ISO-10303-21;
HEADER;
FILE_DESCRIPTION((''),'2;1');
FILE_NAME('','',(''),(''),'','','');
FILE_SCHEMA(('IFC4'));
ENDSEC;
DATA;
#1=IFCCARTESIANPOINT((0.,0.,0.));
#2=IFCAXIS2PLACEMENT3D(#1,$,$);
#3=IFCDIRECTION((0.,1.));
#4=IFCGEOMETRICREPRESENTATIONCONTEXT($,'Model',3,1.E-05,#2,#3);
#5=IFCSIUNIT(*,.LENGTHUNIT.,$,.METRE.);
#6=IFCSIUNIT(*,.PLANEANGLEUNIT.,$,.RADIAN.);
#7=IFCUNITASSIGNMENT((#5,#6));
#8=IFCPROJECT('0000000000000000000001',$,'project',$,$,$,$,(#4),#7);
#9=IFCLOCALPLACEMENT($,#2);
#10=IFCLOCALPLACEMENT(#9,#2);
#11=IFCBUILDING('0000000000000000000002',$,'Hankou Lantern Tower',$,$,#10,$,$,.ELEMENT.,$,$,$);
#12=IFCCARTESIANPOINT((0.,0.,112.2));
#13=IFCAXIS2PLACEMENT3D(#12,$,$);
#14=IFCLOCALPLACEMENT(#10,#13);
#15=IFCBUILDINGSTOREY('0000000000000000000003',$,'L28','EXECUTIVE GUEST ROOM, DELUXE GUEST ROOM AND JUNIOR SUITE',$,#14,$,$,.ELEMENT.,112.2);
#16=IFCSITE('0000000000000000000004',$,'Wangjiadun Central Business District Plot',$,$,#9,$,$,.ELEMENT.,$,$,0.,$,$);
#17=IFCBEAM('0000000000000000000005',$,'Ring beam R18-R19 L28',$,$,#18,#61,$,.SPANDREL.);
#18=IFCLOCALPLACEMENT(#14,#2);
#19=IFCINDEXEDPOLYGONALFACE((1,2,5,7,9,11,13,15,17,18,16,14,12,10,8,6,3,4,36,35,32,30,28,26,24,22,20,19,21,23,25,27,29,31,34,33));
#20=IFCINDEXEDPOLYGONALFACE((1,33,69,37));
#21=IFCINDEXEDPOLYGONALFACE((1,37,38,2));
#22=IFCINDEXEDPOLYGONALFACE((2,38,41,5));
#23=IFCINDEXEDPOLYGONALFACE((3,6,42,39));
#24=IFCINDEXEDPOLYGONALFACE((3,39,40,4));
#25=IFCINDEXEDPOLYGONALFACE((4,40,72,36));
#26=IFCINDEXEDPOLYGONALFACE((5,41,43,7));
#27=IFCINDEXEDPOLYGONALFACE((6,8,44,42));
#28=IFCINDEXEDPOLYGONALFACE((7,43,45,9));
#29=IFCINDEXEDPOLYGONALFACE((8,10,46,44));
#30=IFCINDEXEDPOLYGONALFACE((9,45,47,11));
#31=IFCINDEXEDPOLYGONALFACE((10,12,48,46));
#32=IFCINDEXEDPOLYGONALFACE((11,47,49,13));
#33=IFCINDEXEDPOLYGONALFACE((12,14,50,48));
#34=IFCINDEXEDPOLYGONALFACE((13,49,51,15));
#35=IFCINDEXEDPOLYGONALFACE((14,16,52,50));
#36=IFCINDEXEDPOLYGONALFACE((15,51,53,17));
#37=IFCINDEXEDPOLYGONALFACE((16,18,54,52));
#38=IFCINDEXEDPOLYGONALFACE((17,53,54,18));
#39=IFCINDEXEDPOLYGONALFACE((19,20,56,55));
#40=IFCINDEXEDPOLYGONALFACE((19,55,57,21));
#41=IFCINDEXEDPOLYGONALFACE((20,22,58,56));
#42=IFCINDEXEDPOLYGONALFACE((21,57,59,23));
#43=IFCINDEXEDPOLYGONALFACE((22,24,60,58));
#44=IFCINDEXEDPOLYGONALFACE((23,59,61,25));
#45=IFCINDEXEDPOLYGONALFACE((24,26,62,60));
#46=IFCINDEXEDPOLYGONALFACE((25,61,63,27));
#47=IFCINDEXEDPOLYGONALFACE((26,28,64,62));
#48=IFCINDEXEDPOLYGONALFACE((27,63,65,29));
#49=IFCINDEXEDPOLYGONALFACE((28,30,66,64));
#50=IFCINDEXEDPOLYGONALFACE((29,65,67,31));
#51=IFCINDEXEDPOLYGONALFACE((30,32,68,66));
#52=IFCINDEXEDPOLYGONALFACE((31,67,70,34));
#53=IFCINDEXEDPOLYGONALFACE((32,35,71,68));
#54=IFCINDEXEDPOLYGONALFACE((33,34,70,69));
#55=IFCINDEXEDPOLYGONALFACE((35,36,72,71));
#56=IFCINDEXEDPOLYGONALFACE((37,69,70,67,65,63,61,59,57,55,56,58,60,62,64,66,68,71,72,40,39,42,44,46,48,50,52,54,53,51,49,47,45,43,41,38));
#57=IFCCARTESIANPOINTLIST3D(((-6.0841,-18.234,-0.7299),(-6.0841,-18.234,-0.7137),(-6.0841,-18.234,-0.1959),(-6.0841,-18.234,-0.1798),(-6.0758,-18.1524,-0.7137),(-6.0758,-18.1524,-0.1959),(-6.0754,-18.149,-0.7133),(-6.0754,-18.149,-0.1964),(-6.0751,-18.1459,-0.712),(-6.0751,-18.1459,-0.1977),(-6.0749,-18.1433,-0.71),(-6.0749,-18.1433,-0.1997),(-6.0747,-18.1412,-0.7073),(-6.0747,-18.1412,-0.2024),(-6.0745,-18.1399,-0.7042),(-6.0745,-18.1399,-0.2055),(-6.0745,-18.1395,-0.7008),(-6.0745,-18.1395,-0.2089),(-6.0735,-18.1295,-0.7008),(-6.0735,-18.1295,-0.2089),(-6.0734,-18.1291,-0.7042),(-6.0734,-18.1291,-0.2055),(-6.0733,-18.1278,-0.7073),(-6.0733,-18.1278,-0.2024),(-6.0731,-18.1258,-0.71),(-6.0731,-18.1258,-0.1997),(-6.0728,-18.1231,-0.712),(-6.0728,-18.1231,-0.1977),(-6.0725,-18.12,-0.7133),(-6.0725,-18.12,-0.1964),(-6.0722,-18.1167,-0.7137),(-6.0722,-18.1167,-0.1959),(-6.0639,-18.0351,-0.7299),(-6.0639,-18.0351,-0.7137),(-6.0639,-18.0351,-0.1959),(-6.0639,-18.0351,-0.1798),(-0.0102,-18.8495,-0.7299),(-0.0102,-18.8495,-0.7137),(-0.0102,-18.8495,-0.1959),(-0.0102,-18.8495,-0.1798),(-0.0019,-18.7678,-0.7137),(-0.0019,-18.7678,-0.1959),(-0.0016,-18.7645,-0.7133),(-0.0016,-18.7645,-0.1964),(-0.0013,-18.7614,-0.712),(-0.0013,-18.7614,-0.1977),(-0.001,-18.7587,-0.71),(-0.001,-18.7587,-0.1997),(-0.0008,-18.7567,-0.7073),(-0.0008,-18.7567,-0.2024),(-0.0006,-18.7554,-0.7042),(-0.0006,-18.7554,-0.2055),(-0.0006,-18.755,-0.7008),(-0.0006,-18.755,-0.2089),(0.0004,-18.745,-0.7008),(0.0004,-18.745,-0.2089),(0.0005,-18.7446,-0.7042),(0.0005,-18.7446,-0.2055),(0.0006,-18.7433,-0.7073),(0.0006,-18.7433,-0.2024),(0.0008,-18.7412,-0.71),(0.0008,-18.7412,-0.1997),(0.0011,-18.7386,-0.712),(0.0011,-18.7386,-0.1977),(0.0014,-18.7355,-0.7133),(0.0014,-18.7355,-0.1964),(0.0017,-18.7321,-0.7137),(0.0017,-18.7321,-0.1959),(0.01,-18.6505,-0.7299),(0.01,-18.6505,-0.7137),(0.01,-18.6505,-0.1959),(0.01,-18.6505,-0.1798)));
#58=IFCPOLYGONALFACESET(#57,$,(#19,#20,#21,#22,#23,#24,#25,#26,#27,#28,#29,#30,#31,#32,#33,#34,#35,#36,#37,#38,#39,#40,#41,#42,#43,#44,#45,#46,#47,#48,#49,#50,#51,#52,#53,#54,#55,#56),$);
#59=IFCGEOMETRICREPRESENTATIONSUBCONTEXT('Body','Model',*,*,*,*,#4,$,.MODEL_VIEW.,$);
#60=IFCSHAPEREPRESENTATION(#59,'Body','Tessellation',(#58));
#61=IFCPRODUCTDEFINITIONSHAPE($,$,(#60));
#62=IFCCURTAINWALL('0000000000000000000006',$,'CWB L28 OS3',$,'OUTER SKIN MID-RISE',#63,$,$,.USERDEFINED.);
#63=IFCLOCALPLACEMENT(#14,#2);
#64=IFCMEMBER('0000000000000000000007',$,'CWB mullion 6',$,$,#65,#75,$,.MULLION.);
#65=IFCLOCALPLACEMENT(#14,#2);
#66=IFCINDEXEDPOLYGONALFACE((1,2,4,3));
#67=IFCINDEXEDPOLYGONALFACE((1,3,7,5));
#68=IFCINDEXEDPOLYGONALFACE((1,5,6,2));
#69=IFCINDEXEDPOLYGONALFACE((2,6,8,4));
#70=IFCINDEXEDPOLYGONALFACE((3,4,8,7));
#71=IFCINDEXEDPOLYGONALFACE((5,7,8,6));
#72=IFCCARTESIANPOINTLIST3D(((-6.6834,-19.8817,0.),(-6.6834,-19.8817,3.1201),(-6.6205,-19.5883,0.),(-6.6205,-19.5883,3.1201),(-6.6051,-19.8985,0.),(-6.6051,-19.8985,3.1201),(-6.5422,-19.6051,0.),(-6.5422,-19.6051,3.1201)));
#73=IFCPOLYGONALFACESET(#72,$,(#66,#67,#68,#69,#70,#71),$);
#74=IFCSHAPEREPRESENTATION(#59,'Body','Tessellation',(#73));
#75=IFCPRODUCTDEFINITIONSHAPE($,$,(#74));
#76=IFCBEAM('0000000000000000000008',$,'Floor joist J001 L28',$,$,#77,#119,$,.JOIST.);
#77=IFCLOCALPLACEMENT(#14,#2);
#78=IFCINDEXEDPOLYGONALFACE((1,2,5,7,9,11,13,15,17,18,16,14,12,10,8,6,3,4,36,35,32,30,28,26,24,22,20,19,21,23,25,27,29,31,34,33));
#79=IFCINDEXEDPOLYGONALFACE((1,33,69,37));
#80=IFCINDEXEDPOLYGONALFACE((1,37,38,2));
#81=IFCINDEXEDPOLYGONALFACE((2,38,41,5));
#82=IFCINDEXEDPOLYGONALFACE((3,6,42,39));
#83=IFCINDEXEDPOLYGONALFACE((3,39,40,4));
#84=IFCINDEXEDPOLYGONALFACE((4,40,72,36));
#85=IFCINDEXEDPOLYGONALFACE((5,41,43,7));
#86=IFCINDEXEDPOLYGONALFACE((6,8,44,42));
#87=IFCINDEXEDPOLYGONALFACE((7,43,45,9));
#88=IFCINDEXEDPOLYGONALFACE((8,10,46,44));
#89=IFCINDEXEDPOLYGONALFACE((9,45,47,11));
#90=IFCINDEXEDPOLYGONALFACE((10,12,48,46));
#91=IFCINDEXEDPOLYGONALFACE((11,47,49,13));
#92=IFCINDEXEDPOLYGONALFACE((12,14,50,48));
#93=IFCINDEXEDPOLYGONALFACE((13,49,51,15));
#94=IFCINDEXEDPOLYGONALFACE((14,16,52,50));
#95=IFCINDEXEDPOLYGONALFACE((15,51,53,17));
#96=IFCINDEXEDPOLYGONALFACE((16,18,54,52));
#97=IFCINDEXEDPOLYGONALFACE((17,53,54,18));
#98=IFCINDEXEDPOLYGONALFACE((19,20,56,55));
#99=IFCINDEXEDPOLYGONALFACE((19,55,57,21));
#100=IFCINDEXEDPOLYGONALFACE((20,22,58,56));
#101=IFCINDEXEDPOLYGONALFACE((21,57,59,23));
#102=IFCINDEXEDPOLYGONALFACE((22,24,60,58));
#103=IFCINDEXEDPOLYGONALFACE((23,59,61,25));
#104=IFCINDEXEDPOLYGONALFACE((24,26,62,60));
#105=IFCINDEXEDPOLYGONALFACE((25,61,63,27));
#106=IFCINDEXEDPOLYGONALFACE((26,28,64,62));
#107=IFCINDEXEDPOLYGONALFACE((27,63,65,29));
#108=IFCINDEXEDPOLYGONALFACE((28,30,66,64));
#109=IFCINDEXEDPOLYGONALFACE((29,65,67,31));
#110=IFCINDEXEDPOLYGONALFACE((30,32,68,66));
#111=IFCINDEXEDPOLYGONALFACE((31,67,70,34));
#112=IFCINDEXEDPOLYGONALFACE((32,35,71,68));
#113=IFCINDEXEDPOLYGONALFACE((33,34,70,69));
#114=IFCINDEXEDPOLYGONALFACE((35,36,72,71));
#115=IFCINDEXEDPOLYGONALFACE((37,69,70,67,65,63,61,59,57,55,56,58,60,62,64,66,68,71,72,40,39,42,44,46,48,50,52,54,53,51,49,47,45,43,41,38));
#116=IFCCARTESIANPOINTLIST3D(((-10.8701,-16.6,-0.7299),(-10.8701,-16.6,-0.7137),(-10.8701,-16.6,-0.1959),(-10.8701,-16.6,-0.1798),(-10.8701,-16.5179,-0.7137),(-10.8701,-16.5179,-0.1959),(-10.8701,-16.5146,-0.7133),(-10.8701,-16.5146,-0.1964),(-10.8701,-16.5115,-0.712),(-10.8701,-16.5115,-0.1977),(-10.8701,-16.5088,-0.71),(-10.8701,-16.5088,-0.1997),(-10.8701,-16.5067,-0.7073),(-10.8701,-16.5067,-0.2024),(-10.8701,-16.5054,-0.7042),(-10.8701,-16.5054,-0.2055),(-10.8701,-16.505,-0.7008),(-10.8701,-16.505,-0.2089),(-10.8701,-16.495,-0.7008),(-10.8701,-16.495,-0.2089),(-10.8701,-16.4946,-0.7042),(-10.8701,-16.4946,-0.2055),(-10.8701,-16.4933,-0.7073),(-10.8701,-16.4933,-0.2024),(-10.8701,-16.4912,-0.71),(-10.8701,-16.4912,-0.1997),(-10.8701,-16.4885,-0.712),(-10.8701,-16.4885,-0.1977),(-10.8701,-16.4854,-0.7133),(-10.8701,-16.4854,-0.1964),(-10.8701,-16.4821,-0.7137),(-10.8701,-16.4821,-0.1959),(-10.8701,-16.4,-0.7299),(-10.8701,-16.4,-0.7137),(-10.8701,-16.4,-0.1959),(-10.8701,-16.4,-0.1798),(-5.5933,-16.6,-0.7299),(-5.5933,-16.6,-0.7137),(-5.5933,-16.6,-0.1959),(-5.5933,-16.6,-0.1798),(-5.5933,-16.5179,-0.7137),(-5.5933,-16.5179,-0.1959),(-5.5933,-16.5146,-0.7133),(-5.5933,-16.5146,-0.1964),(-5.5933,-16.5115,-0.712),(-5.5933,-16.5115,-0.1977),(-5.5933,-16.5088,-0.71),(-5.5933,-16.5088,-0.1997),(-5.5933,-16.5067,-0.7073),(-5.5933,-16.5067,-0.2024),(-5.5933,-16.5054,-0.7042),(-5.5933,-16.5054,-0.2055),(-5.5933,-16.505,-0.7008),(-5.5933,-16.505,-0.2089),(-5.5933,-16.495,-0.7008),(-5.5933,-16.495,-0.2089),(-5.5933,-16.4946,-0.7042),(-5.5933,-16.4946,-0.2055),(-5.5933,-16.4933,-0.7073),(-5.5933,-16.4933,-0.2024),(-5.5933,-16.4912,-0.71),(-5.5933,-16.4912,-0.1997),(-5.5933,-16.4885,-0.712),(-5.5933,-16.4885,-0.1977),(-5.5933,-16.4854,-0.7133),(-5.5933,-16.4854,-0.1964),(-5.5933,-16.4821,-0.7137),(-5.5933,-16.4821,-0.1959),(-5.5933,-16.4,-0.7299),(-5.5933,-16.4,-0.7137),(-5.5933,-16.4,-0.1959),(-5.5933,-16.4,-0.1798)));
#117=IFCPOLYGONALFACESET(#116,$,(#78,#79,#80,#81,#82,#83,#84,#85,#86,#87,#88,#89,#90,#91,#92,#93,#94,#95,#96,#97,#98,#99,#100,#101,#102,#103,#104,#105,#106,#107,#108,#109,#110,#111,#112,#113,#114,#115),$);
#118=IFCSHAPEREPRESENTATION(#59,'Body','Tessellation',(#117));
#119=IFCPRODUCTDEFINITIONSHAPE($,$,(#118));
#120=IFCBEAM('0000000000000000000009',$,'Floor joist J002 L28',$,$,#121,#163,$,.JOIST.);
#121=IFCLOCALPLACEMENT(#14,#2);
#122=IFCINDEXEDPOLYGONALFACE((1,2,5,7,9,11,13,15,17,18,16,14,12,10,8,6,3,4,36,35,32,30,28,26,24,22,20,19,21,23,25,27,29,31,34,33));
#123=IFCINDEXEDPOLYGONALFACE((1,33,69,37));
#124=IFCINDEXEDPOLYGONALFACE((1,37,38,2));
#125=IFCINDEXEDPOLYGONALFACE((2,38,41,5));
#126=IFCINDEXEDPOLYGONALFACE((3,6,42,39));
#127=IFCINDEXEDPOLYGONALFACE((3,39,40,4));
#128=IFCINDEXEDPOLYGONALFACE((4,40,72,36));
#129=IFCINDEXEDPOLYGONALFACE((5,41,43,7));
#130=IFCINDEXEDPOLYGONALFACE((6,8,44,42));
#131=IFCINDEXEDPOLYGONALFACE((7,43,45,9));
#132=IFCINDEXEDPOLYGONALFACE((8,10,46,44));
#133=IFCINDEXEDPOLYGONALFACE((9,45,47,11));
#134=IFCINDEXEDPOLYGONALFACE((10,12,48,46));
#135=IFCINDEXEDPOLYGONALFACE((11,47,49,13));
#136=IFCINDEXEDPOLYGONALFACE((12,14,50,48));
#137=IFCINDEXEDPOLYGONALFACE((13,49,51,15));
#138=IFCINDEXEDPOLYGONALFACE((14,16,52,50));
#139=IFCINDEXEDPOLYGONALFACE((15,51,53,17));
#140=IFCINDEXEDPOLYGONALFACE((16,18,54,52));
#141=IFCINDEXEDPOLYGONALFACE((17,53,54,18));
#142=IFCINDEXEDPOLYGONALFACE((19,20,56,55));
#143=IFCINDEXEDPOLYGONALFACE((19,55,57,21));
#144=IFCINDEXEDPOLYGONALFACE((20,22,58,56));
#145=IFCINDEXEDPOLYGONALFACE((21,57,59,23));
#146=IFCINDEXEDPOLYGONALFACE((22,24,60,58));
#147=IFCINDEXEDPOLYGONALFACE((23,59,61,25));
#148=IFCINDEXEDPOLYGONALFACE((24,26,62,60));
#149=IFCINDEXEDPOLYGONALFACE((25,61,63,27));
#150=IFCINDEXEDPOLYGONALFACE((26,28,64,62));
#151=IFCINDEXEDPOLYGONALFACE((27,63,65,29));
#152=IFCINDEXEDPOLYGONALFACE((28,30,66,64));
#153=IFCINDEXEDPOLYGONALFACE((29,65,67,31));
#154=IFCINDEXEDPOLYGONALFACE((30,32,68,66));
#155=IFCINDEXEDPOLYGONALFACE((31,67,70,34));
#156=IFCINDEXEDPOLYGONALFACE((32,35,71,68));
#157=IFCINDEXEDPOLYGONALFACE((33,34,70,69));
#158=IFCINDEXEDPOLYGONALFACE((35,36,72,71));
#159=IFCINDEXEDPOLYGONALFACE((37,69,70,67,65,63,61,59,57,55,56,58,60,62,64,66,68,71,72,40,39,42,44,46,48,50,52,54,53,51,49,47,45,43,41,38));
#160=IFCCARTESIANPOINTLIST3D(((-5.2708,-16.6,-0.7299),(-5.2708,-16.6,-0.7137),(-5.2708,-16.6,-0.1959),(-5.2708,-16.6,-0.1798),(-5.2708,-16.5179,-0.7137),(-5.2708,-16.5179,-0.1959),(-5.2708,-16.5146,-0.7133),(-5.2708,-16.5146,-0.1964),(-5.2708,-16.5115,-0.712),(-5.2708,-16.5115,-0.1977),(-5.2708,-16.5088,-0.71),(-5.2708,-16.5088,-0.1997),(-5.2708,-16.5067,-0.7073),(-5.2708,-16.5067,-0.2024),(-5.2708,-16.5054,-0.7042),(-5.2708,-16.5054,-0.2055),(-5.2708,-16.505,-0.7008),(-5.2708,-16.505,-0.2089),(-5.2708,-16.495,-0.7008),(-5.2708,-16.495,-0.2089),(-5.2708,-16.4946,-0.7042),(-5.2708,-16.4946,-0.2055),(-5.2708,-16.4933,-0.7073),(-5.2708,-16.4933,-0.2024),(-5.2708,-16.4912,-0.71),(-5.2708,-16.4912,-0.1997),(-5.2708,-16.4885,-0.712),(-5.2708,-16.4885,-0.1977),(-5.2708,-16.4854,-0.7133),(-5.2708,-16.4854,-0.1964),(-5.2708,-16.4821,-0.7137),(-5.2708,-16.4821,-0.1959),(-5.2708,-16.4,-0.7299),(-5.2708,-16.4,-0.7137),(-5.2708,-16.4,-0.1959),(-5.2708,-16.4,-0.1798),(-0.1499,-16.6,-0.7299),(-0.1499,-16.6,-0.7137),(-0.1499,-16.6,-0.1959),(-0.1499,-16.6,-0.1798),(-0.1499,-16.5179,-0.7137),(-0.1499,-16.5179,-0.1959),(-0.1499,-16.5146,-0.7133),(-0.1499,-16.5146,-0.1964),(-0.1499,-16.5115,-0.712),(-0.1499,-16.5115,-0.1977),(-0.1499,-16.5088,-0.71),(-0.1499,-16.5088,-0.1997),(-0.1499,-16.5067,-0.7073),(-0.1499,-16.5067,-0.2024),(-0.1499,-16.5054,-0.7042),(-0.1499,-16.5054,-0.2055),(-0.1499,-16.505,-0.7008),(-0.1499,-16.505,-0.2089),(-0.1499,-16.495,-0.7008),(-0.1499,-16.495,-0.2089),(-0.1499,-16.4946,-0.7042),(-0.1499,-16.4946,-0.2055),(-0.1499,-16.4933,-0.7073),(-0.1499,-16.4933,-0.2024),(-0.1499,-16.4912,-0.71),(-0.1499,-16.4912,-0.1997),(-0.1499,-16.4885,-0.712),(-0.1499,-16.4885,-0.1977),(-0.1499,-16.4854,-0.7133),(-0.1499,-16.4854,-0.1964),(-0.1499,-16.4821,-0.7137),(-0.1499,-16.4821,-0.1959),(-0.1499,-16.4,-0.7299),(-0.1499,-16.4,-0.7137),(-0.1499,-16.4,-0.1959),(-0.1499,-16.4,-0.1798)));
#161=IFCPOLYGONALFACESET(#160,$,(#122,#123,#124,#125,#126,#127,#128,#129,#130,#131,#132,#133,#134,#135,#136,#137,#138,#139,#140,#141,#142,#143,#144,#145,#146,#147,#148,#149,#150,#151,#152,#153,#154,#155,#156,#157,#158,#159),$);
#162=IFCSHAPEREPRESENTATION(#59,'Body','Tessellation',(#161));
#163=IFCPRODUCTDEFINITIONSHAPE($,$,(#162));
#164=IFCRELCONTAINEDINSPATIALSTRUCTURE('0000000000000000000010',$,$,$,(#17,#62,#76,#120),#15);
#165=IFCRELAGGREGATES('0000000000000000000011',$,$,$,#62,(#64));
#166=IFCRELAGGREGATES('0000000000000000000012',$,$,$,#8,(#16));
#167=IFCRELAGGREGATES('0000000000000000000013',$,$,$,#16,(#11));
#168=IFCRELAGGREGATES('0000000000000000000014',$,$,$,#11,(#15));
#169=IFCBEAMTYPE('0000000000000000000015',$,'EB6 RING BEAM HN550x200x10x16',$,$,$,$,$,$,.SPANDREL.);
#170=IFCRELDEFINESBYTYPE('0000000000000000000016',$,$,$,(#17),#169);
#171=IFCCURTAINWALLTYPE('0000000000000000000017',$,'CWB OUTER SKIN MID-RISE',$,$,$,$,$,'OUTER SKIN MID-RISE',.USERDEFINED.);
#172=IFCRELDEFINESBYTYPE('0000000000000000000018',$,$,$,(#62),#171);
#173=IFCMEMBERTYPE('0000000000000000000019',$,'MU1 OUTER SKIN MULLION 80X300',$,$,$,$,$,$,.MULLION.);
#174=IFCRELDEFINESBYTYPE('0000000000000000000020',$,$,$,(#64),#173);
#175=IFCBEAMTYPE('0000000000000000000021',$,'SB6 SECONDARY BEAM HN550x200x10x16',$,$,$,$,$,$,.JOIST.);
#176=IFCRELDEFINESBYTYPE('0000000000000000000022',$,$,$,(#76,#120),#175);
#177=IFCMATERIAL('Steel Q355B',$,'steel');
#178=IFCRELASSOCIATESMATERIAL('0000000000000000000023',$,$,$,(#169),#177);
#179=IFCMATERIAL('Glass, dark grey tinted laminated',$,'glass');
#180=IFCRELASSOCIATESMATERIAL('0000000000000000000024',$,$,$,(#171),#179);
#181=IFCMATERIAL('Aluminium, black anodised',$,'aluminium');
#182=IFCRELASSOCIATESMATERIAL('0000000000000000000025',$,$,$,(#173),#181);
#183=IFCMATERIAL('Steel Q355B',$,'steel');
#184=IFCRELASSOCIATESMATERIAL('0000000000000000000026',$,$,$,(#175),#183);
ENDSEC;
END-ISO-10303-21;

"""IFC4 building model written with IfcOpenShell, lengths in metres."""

from ifc_helpers import new_model, si_unit, direction, frame, origin, origin_2d, place, context, subcontext, project, spatial, rectangle, i_section, extrude, material, material_profile, profile_set, type_object, element, aggregate, save


model = new_model("IFC4")

# Units and contexts
model_context = context("Model", 3, precision=1e-05, world=origin(), true_north=direction((0.0, 1.0)))
body_context = subcontext(model_context, "Body", "Model", "MODEL_VIEW")
ifc_project = project(units=[si_unit("LENGTHUNIT", "METRE"), si_unit("PLANEANGLEUNIT", "RADIAN")], contexts=[model_context])

# Site, building, storey
site_placement = place(None, origin())
site = spatial("IfcSite", under=ifc_project, at=site_placement, Name="Wangjiadun Central Business District Plot", CompositionType="ELEMENT", RefElevation=0.0)
building_placement = place(site_placement, origin())
building = spatial("IfcBuilding", under=site, at=building_placement, Name="Hankou Lantern Tower", CompositionType="ELEMENT")
storey_placement = place(building_placement, frame((0.0, 0.0, 112.2)))
storey = spatial("IfcBuildingStorey", under=building, at=storey_placement, Name="L28", Description="EXECUTIVE GUEST ROOM, DELUXE GUEST ROOM AND JUNIOR SUITE", CompositionType="ELEMENT", Elevation=112.2)

# Beam
ifc_material_1 = material(Name="Steel Q355B", Category="steel")
ifc_material_profile_1 = material_profile(ifc_material_1, i_section(OverallWidth=0.2, OverallDepth=0.55, WebThickness=0.01, FlangeThickness=0.0161, FilletRadius=0.0129, at=origin_2d()), Name="HN550x200x10x16")
ifc_profile_set_1 = profile_set([ifc_material_profile_1], Name="Steel Q355B")
beam_type_1 = type_object("IfcBeamType", Name="EB6 RING BEAM HN550x200x10x16", PredefinedType="SPANDREL", material=ifc_profile_set_1)
beam_1_placement = place(storey_placement, frame((-6.074, -18.1345, -0.4548), z_axis=(0.994905, -0.100814, 0.0), x_axis=(0.100814, 0.994905, 0.0)))
element("IfcBeam", 1, at=beam_1_placement, inside=storey, type_object=beam_type_1, Name="Ring beam R18-R19 L28", PredefinedType="SPANDREL", context=body_context, shape_type="SweptSolid", body=[
    extrude(i_section(OverallWidth=0.2, OverallDepth=0.55, WebThickness=0.01, FlangeThickness=0.0161, FilletRadius=0.0129, at=origin_2d()), origin(), (0.0, 0.0, 1.0), 6.105),
])

# Curtain wall, member
ifc_material_2 = material(Name="Glass, dark grey tinted laminated", Category="glass")
curtain_wall_type = type_object("IfcCurtainWallType", Name="CWB OUTER SKIN MID-RISE", ElementType="OUTER SKIN MID-RISE", PredefinedType="USERDEFINED", material=ifc_material_2)
curtain_wall_placement = place(storey_placement, origin())
curtain_wall = element("IfcCurtainWall", 2, at=curtain_wall_placement, inside=storey, type_object=curtain_wall_type, Name="CWB L28 OS3", ObjectType="OUTER SKIN MID-RISE", PredefinedType="USERDEFINED")
ifc_material_3 = material(Name="Aluminium, black anodised", Category="aluminium")
ifc_material_profile_2 = material_profile(ifc_material_3, rectangle(XDim=0.0801, YDim=0.3, at=origin_2d()), Name="MU1 80X300")
ifc_profile_set_2 = profile_set([ifc_material_profile_2], Name="Aluminium, black anodised")
member_type_1 = type_object("IfcMemberType", Name="MU1 OUTER SKIN MULLION 80X300", PredefinedType="MULLION", material=ifc_profile_set_2)
member_1_placement = place(storey_placement, frame((-6.6128, -19.7434, 0.0), z_axis=(0.0, 0.0, 1.0), x_axis=(0.977788, -0.209598, 0.0)))
member_1 = element("IfcMember", 3, at=member_1_placement, type_object=member_type_1, Name="CWB mullion 6", PredefinedType="MULLION", context=body_context, shape_type="SweptSolid", body=[
    extrude(rectangle(XDim=0.0801, YDim=0.3, at=origin_2d()), origin(), (0.0, 0.0, 1.0), 3.1201),
])

# Beams
ifc_material_4 = material(Name="Steel Q355B", Category="steel")
ifc_material_profile_3 = material_profile(ifc_material_4, i_section(OverallWidth=0.2, OverallDepth=0.55, WebThickness=0.01, FlangeThickness=0.0161, FilletRadius=0.0129, at=origin_2d()), Name="HN550x200x10x16")
ifc_profile_set_3 = profile_set([ifc_material_profile_3], Name="Steel Q355B")
beam_type_2 = type_object("IfcBeamType", Name="SB6 SECONDARY BEAM HN550x200x10x16", PredefinedType="JOIST", material=ifc_profile_set_3)
beam_2_placement = place(storey_placement, frame((-10.8701, -16.5, -0.4548), z_axis=(1.0, 0.0, 0.0), x_axis=(0.0, 1.0, 0.0)))
element("IfcBeam", 4, at=beam_2_placement, inside=storey, type_object=beam_type_2, Name="Floor joist J001 L28", PredefinedType="JOIST", context=body_context, shape_type="SweptSolid", body=[
    extrude(i_section(OverallWidth=0.2, OverallDepth=0.55, WebThickness=0.01, FlangeThickness=0.0161, FilletRadius=0.0129, at=origin_2d()), origin(), (0.0, 0.0, 1.0), 5.2769),
])
beam_3_placement = place(storey_placement, frame((-5.2708, -16.5, -0.4548), z_axis=(1.0, 0.0, 0.0), x_axis=(0.0, 1.0, 0.0)))
element("IfcBeam", 5, at=beam_3_placement, inside=storey, type_object=beam_type_2, Name="Floor joist J002 L28", PredefinedType="JOIST", context=body_context, shape_type="SweptSolid", body=[
    extrude(i_section(OverallWidth=0.2, OverallDepth=0.55, WebThickness=0.01, FlangeThickness=0.0161, FilletRadius=0.0129, at=origin_2d()), origin(), (0.0, 0.0, 1.0), 5.1208),
])

aggregate(curtain_wall, [member_1])

save(model, "model.ifc")
